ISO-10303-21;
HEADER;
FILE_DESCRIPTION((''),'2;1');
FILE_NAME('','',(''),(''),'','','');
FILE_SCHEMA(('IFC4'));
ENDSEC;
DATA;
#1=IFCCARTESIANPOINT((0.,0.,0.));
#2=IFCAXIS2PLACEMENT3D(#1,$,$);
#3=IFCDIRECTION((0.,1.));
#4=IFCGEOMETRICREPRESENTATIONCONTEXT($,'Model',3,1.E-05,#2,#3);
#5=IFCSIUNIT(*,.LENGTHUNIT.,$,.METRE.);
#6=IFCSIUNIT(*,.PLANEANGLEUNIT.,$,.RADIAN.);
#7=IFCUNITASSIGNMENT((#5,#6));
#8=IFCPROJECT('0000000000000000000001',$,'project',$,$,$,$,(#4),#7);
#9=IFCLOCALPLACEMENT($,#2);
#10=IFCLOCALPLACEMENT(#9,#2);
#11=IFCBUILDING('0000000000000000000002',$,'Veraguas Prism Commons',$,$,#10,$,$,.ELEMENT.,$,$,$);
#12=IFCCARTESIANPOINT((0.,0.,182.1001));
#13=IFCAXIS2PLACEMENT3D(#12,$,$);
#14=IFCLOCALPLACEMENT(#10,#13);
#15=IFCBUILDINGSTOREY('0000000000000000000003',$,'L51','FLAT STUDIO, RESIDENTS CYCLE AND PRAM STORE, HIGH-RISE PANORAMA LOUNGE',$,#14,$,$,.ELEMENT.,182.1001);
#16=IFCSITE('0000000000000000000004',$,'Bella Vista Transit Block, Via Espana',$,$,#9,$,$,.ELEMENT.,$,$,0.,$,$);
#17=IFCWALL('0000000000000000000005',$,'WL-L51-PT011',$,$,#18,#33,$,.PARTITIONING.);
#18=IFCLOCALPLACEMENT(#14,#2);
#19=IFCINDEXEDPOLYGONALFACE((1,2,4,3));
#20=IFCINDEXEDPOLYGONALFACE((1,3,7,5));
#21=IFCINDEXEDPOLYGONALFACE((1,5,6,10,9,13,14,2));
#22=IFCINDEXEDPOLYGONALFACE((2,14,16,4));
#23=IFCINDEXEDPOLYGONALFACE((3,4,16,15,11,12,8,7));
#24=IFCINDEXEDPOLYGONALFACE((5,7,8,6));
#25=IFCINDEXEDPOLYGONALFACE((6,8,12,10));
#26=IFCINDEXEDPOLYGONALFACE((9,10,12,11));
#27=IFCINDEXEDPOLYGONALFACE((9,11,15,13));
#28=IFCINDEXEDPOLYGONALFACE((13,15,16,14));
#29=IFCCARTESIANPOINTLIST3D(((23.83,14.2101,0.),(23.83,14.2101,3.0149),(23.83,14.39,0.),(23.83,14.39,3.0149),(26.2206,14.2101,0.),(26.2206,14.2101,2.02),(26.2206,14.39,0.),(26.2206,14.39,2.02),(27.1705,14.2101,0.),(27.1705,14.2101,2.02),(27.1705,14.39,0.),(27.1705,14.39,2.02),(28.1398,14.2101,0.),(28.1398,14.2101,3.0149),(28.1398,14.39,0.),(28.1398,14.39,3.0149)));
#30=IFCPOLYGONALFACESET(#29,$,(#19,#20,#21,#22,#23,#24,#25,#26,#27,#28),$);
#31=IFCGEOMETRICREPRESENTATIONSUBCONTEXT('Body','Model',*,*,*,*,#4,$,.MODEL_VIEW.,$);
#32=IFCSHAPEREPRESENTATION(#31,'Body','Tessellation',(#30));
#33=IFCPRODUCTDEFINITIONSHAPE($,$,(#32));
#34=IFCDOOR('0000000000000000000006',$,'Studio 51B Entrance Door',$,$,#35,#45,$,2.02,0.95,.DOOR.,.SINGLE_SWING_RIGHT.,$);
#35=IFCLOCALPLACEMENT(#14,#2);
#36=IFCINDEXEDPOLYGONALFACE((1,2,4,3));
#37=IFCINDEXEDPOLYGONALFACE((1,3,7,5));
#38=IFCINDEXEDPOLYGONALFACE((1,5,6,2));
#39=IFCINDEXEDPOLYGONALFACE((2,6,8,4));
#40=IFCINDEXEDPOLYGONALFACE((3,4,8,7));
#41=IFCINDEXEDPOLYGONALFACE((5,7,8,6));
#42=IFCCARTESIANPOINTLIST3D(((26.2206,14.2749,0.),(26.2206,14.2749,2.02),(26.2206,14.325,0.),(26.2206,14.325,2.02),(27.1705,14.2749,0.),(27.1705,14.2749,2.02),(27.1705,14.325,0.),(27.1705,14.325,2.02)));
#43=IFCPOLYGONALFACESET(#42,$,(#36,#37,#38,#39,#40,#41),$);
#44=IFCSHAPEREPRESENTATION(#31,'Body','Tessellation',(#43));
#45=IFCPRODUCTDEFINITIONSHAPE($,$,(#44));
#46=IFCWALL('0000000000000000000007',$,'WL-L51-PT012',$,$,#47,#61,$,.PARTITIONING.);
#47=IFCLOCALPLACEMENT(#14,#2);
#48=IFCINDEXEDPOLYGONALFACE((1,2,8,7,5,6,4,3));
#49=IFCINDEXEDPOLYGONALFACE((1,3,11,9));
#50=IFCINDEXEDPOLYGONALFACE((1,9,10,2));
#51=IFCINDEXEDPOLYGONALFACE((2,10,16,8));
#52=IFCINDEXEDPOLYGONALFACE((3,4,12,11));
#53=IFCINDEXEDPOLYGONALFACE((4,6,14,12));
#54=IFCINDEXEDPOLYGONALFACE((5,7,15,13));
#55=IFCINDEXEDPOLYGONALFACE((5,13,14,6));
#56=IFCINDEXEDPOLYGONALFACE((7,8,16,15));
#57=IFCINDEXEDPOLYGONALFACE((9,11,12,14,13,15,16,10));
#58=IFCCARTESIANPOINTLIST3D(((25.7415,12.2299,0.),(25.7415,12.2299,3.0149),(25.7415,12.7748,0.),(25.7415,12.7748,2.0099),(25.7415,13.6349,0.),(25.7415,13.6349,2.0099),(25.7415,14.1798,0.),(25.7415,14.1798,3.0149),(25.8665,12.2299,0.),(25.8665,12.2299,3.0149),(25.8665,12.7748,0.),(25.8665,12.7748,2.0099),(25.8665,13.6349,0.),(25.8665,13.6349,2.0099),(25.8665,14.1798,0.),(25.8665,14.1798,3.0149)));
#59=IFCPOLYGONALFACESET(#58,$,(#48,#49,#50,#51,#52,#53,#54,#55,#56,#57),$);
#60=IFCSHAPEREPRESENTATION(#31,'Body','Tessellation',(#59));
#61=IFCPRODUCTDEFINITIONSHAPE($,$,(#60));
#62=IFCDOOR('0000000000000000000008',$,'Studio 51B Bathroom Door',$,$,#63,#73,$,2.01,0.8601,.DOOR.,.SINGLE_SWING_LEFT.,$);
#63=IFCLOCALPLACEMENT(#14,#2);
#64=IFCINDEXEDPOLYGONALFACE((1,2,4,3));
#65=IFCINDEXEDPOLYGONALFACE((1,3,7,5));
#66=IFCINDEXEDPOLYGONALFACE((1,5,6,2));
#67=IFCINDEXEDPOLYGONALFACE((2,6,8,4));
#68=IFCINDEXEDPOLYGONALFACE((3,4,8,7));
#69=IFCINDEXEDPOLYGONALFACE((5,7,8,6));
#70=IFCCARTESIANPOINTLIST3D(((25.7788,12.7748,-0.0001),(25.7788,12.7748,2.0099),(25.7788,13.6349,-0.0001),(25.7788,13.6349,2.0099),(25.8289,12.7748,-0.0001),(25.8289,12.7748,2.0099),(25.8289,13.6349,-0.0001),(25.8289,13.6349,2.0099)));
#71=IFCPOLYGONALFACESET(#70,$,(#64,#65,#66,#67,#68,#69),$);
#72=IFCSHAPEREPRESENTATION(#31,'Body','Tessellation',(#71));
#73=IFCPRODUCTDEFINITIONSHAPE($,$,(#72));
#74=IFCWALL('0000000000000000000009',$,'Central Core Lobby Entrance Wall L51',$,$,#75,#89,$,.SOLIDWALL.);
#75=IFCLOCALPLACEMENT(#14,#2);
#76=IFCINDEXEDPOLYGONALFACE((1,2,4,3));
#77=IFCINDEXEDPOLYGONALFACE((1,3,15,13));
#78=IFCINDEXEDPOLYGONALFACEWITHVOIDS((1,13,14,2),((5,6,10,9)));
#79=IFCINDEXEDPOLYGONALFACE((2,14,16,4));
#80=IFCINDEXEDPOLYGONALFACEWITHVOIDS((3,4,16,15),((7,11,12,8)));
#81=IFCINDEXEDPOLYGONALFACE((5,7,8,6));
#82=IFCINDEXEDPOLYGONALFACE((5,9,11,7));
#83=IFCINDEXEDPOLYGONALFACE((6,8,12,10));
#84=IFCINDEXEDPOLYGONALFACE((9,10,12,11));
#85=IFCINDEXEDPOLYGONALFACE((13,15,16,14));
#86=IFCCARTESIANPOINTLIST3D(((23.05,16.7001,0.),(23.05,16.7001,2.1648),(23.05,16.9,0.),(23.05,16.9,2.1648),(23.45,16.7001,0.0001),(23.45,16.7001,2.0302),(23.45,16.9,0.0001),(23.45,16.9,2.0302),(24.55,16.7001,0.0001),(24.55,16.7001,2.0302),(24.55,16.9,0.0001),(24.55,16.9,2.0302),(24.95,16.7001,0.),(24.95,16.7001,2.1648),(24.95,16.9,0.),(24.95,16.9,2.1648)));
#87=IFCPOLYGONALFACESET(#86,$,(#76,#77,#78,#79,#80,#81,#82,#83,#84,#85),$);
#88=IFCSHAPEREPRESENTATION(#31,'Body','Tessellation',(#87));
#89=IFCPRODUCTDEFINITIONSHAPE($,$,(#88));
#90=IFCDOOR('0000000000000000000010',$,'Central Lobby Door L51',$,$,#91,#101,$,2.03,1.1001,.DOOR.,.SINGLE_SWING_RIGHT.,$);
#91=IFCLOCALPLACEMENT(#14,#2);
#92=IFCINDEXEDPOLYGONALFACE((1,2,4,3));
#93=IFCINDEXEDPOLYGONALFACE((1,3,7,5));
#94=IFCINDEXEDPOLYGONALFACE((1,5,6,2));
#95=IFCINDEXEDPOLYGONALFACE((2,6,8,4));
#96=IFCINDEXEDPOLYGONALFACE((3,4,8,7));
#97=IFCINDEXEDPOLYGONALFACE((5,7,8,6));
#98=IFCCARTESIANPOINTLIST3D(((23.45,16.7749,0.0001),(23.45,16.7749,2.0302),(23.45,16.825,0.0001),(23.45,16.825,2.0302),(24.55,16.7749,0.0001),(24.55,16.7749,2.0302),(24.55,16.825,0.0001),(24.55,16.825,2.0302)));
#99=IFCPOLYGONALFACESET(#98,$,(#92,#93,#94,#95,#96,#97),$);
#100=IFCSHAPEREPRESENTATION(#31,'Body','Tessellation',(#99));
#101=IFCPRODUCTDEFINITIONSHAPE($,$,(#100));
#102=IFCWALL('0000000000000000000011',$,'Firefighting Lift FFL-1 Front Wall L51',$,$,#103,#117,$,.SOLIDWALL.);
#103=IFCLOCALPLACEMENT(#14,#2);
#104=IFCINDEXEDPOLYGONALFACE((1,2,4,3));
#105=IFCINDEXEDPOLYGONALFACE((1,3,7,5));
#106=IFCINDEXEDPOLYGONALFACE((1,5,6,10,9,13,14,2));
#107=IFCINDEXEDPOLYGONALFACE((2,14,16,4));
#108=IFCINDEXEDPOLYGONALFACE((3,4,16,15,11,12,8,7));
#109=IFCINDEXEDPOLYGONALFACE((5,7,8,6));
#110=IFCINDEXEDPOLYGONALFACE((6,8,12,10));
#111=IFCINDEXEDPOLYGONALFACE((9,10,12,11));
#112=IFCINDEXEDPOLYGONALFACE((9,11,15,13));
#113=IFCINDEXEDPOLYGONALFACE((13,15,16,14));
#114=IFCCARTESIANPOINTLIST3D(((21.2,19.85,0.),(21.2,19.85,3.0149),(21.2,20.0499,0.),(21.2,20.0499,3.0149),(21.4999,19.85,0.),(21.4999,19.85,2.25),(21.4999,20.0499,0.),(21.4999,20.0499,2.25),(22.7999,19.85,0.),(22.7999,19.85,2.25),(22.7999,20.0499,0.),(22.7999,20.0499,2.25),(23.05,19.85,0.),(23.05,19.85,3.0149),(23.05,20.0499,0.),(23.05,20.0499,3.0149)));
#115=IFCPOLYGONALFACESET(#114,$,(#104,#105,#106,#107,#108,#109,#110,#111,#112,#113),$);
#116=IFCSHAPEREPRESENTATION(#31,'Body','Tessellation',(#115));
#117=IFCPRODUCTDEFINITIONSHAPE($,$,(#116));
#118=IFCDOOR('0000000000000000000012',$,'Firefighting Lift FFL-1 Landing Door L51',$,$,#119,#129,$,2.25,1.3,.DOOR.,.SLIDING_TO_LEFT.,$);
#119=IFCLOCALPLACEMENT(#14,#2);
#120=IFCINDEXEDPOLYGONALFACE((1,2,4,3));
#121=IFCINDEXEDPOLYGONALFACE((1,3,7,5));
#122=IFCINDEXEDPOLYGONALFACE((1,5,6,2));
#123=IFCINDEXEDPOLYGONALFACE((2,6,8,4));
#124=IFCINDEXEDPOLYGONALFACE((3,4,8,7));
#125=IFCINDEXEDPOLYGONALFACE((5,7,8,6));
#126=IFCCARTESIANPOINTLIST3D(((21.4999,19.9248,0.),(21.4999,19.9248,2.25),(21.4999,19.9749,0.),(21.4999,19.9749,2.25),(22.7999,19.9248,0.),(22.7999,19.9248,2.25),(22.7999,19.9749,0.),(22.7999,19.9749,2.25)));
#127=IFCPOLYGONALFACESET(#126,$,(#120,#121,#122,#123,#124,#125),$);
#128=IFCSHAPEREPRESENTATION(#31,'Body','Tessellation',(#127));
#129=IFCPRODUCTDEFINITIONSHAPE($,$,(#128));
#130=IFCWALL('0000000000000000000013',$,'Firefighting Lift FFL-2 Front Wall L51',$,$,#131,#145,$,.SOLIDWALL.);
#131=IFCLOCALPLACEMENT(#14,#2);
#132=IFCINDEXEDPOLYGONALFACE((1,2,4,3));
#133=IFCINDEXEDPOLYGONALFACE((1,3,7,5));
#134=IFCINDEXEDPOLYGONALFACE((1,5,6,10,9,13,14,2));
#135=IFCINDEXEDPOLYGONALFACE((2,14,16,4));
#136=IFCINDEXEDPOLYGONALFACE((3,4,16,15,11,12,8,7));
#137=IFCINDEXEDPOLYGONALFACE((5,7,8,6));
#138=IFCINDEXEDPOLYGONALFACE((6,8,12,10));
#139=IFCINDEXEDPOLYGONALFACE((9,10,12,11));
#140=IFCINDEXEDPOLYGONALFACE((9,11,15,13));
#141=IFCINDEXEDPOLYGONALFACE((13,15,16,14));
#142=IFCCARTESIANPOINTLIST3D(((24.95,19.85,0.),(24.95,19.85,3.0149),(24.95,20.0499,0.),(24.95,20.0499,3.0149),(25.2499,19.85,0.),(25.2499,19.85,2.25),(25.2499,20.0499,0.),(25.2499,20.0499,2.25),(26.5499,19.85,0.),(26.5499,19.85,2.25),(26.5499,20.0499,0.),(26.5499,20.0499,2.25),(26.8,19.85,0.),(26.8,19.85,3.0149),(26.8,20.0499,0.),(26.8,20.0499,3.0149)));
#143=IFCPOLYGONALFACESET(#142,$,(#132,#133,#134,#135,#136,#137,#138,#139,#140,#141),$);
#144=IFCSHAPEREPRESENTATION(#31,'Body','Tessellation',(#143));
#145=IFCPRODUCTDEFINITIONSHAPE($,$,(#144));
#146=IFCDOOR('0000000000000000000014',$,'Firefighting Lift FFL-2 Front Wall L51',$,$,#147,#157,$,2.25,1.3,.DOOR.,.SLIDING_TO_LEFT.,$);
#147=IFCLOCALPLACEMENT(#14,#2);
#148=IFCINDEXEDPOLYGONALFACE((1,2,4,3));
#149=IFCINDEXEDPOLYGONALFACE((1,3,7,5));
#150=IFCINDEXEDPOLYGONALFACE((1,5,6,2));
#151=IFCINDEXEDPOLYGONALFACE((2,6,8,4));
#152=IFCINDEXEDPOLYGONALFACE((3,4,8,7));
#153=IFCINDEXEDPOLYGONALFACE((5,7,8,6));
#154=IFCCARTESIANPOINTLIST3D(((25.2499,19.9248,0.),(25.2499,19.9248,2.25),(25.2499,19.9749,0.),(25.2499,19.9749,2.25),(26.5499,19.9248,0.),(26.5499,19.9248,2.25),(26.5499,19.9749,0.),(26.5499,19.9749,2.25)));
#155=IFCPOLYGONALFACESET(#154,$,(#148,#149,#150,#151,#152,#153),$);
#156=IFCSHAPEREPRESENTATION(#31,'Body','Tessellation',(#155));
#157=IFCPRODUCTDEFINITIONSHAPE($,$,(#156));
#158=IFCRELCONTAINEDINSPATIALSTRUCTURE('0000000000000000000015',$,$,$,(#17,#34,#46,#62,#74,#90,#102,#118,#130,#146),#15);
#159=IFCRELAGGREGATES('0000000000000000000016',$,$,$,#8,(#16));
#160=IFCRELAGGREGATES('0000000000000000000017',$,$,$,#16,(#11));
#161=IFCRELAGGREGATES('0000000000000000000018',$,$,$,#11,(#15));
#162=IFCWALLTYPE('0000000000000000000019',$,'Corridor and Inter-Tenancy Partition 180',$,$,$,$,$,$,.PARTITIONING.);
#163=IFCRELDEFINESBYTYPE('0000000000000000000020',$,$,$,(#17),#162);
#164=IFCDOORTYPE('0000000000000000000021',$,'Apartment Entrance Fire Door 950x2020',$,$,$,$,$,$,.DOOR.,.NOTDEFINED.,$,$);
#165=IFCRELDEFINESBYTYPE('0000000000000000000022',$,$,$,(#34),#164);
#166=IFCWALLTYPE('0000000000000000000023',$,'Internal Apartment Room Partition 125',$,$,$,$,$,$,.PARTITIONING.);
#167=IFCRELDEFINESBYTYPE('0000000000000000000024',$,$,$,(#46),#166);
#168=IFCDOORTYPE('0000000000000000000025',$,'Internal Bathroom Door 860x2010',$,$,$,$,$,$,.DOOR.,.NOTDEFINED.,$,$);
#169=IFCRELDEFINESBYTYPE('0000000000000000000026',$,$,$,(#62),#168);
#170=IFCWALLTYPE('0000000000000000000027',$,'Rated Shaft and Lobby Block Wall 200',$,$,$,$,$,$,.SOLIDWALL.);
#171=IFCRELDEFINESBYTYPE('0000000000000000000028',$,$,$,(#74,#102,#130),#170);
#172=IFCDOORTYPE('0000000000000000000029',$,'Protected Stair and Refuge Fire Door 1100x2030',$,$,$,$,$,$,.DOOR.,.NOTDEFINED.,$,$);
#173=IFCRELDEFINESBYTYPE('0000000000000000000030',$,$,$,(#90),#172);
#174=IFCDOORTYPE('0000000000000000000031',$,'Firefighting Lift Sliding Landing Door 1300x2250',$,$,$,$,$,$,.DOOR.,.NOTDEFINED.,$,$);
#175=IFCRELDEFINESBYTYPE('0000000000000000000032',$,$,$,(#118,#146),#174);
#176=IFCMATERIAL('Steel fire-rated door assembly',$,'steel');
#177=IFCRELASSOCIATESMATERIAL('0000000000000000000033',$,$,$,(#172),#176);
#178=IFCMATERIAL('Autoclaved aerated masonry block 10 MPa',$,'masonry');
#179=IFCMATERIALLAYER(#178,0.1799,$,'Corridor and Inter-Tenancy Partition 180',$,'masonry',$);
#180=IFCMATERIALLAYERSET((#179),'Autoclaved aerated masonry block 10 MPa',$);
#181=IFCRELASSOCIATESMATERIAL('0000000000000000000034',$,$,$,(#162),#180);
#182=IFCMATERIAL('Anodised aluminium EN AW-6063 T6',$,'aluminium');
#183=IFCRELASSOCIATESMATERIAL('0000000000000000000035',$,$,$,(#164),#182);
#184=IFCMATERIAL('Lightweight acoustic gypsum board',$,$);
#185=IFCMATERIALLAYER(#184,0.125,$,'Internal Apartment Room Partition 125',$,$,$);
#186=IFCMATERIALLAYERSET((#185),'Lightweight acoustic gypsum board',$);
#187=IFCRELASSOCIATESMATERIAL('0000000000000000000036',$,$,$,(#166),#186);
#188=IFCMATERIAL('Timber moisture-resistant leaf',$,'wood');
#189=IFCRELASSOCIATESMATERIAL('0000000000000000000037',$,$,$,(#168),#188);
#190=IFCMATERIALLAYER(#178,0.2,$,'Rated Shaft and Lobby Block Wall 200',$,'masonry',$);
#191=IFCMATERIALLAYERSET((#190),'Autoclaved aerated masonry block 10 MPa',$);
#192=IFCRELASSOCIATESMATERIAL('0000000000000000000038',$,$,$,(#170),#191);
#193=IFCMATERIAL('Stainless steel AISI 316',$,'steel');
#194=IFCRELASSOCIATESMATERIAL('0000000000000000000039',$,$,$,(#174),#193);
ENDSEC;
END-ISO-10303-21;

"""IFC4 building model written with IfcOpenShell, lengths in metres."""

from ifc_helpers import new_model, si_unit, direction, frame, frame_2d, origin, place, context, subcontext, project, spatial, rectangle, extrude, source, transform, mapped, material, layer, layer_set, type_object, element, fill, save


model = new_model("IFC4")

# Units and contexts
model_context = context("Model", 3, precision=1e-05, world=origin(), true_north=direction((0.0, 1.0)))
body_context = subcontext(model_context, "Body", "Model", "MODEL_VIEW")
ifc_project = project(units=[si_unit("LENGTHUNIT", "METRE"), si_unit("PLANEANGLEUNIT", "RADIAN")], contexts=[model_context])

# Site, building, storey
site_placement = place(None, origin())
site = spatial("IfcSite", under=ifc_project, at=site_placement, Name="Bella Vista Transit Block, Via Espana", CompositionType="ELEMENT", RefElevation=0.0)
building_placement = place(site_placement, origin())
building = spatial("IfcBuilding", under=site, at=building_placement, Name="Veraguas Prism Commons", CompositionType="ELEMENT")
storey_placement = place(building_placement, frame((0.0, 0.0, 182.1001)))
storey = spatial("IfcBuildingStorey", under=building, at=storey_placement, Name="L51", Description="FLAT STUDIO, RESIDENTS CYCLE AND PRAM STORE, HIGH-RISE PANORAMA LOUNGE", CompositionType="ELEMENT", Elevation=182.1001)

# Shared definitions
ifc_material_1 = material(Name="Steel fire-rated door assembly", Category="steel")
door_type_1 = type_object("IfcDoorType", Name="Protected Stair and Refuge Fire Door 1100x2030", OperationType="NOTDEFINED", PredefinedType="DOOR", material=ifc_material_1)
shared_shape_1 = source(origin(), body_context, "Body", "SweptSolid", [
    extrude(rectangle(XDim=1.1001, YDim=2.03, at=frame_2d((0.55, 1.0151))), frame((0.0, 0.0249, 0.0), z_axis=(0.0, -1.0, 0.0), x_axis=(1.0, 0.0, 0.0)), (0.0, 0.0, 1.0), 0.05),
])

# Shared definitions
ifc_material_2 = material(Name="Autoclaved aerated masonry block 10 MPa", Category="masonry")
ifc_layer_1 = layer(ifc_material_2, 0.1799, Name="Corridor and Inter-Tenancy Partition 180", Category="masonry")
ifc_layer_set_1 = layer_set([ifc_layer_1], Name="Autoclaved aerated masonry block 10 MPa")
wall_type_1 = type_object("IfcWallType", Name="Corridor and Inter-Tenancy Partition 180", PredefinedType="PARTITIONING", material=ifc_layer_set_1)

# Walls, openings, doors
wall_1_placement = place(storey_placement, frame((23.8301, 14.3, 0.0), z_axis=(0.0, 0.0, 1.0), x_axis=(1.0, 0.0, 0.0)))
wall_1 = element("IfcWall", 1, at=wall_1_placement, inside=storey, type_object=wall_type_1, Name="WL-L51-PT011", PredefinedType="PARTITIONING", context=body_context, shape_type="SweptSolid", body=[
    extrude(rectangle(XDim=4.3098, YDim=0.1799, at=frame_2d((2.1548, 0.0))), origin(), (0.0, 0.0, 1.0), 3.0149),
])
opening_1_placement = place(wall_1_placement, frame((2.3904, 0.0, 0.0)))
opening_1 = element("IfcOpeningElement", 2, at=opening_1_placement, cuts=wall_1, PredefinedType="OPENING", context=body_context, shape_type="SweptSolid", body=[
    extrude(rectangle(XDim=0.95, YDim=2.02, at=frame_2d((0.4751, 1.01))), frame((0.0, 0.0999, 0.0), z_axis=(0.0, -1.0, 0.0), x_axis=(1.0, 0.0, 0.0)), (0.0, 0.0, 1.0), 0.2),
])
ifc_material_3 = material(Name="Anodised aluminium EN AW-6063 T6", Category="aluminium")
door_type_2 = type_object("IfcDoorType", Name="Apartment Entrance Fire Door 950x2020", OperationType="NOTDEFINED", PredefinedType="DOOR", material=ifc_material_3)
shared_shape_2 = source(origin(), body_context, "Body", "SweptSolid", [
    extrude(rectangle(XDim=0.95, YDim=2.02, at=frame_2d((0.4751, 1.01))), frame((0.0, 0.0249, 0.0), z_axis=(0.0, -1.0, 0.0), x_axis=(1.0, 0.0, 0.0)), (0.0, 0.0, 1.0), 0.05),
])
door_1_placement = place(opening_1_placement, origin())
door_1 = element("IfcDoor", 3, at=door_1_placement, inside=storey, type_object=door_type_2, Name="Studio 51B Entrance Door", OperationType="SINGLE_SWING_RIGHT", OverallHeight=2.02, OverallWidth=0.95, PredefinedType="DOOR", context=body_context, shape_type="MappedRepresentation", body=[
    mapped(shared_shape_2, transform((0.0, 0.0, 0.0), scale=1.0)),
])
fill(opening_1, door_1)
ifc_material_4 = material(Name="Lightweight acoustic gypsum board")
ifc_layer_2 = layer(ifc_material_4, 0.125, Name="Internal Apartment Room Partition 125")
ifc_layer_set_2 = layer_set([ifc_layer_2], Name="Lightweight acoustic gypsum board")
wall_type_2 = type_object("IfcWallType", Name="Internal Apartment Room Partition 125", PredefinedType="PARTITIONING", material=ifc_layer_set_2)
wall_2_placement = place(storey_placement, frame((25.804, 14.1799, 0.0), z_axis=(0.0, 0.0, 1.0), x_axis=(0.0, -1.0, 0.0)))
wall_2 = element("IfcWall", 4, at=wall_2_placement, inside=storey, type_object=wall_type_2, Name="WL-L51-PT012", PredefinedType="PARTITIONING", context=body_context, shape_type="SweptSolid", body=[
    extrude(rectangle(XDim=1.95, YDim=0.125, at=frame_2d((0.9751, 0.0))), origin(), (0.0, 0.0, 1.0), 3.0149),
])
opening_2_placement = place(wall_2_placement, frame((0.5449, 0.0, 0.0)))
opening_2 = element("IfcOpeningElement", 5, at=opening_2_placement, cuts=wall_2, PredefinedType="OPENING", context=body_context, shape_type="SweptSolid", body=[
    extrude(rectangle(XDim=0.8601, YDim=2.01, at=frame_2d((0.4302, 1.0049))), frame((0.0, 0.0725, 0.0), z_axis=(0.0, -1.0, 0.0), x_axis=(1.0, 0.0, 0.0)), (0.0, 0.0, 1.0), 0.145),
])
ifc_material_5 = material(Name="Timber moisture-resistant leaf", Category="wood")
door_type_3 = type_object("IfcDoorType", Name="Internal Bathroom Door 860x2010", OperationType="NOTDEFINED", PredefinedType="DOOR", material=ifc_material_5)
shared_shape_3 = source(origin(), body_context, "Body", "SweptSolid", [
    extrude(rectangle(XDim=0.8601, YDim=2.01, at=frame_2d((0.4302, 1.0049))), frame((0.0, 0.0249, 0.0), z_axis=(0.0, -1.0, 0.0), x_axis=(1.0, 0.0, 0.0)), (0.0, 0.0, 1.0), 0.05),
])
door_2_placement = place(opening_2_placement, origin())
door_2 = element("IfcDoor", 6, at=door_2_placement, inside=storey, type_object=door_type_3, Name="Studio 51B Bathroom Door", OperationType="SINGLE_SWING_LEFT", OverallHeight=2.01, OverallWidth=0.8601, PredefinedType="DOOR", context=body_context, shape_type="MappedRepresentation", body=[
    mapped(shared_shape_3, transform((0.0, 0.0, 0.0), scale=1.0)),
])
fill(opening_2, door_2)
ifc_layer_3 = layer(ifc_material_2, 0.2, Name="Rated Shaft and Lobby Block Wall 200", Category="masonry")
ifc_layer_set_3 = layer_set([ifc_layer_3], Name="Autoclaved aerated masonry block 10 MPa")
wall_type_3 = type_object("IfcWallType", Name="Rated Shaft and Lobby Block Wall 200", PredefinedType="SOLIDWALL", material=ifc_layer_set_3)
wall_3_placement = place(storey_placement, frame((23.05, 16.8, 0.0), z_axis=(0.0, 0.0, 1.0), x_axis=(1.0, 0.0, 0.0)))
wall_3 = element("IfcWall", 7, at=wall_3_placement, inside=storey, type_object=wall_type_3, Name="Central Core Lobby Entrance Wall L51", PredefinedType="SOLIDWALL", context=body_context, shape_type="SweptSolid", body=[
    extrude(rectangle(XDim=1.8999, YDim=0.2, at=frame_2d((0.95, 0.0))), origin(), (0.0, 0.0, 1.0), 2.1648),
])
opening_3_placement = place(wall_3_placement, frame((0.3999, 0.0, 0.0)))
opening_3 = element("IfcOpeningElement", 8, at=opening_3_placement, cuts=wall_3, PredefinedType="OPENING", context=body_context, shape_type="SweptSolid", body=[
    extrude(rectangle(XDim=1.1001, YDim=2.03, at=frame_2d((0.55, 1.0151))), frame((0.0, 0.1099, 0.0), z_axis=(0.0, -1.0, 0.0), x_axis=(1.0, 0.0, 0.0)), (0.0, 0.0, 1.0), 0.22),
])
door_3_placement = place(opening_3_placement, origin())
door_3 = element("IfcDoor", 9, at=door_3_placement, inside=storey, type_object=door_type_1, Name="Central Lobby Door L51", OperationType="SINGLE_SWING_RIGHT", OverallHeight=2.03, OverallWidth=1.1001, PredefinedType="DOOR", context=body_context, shape_type="MappedRepresentation", body=[
    mapped(shared_shape_1, transform((0.0, 0.0, 0.0), scale=1.0)),
])
fill(opening_3, door_3)
wall_4_placement = place(storey_placement, frame((21.2, 19.95, 0.0), z_axis=(0.0, 0.0, 1.0), x_axis=(1.0, 0.0, 0.0)))
wall_4 = element("IfcWall", 10, at=wall_4_placement, inside=storey, type_object=wall_type_3, Name="Firefighting Lift FFL-1 Front Wall L51", PredefinedType="SOLIDWALL", context=body_context, shape_type="SweptSolid", body=[
    extrude(rectangle(XDim=1.8501, YDim=0.2, at=frame_2d((0.925, 0.0))), origin(), (0.0, 0.0, 1.0), 3.0149),
])
opening_4_placement = place(wall_4_placement, frame((0.3, 0.0, 0.0)))
opening_4 = element("IfcOpeningElement", 11, at=opening_4_placement, cuts=wall_4, PredefinedType="OPENING", context=body_context, shape_type="SweptSolid", body=[
    extrude(rectangle(XDim=1.3, YDim=2.25, at=frame_2d((0.6499, 1.125))), frame((0.0, 0.1099, 0.0), z_axis=(0.0, -1.0, 0.0), x_axis=(1.0, 0.0, 0.0)), (0.0, 0.0, 1.0), 0.22),
])
ifc_material_6 = material(Name="Stainless steel AISI 316", Category="steel")
door_type_4 = type_object("IfcDoorType", Name="Firefighting Lift Sliding Landing Door 1300x2250", OperationType="NOTDEFINED", PredefinedType="DOOR", material=ifc_material_6)
shared_shape_4 = source(origin(), body_context, "Body", "SweptSolid", [
    extrude(rectangle(XDim=1.3, YDim=2.25, at=frame_2d((0.6499, 1.125))), frame((0.0, 0.0249, 0.0), z_axis=(0.0, -1.0, 0.0), x_axis=(1.0, 0.0, 0.0)), (0.0, 0.0, 1.0), 0.05),
])
door_4_placement = place(opening_4_placement, origin())
door_4 = element("IfcDoor", 12, at=door_4_placement, inside=storey, type_object=door_type_4, Name="Firefighting Lift FFL-1 Landing Door L51", OperationType="SLIDING_TO_LEFT", OverallHeight=2.25, OverallWidth=1.3, PredefinedType="DOOR", context=body_context, shape_type="MappedRepresentation", body=[
    mapped(shared_shape_4, transform((0.0, 0.0, 0.0), scale=1.0)),
])
fill(opening_4, door_4)
wall_5_placement = place(storey_placement, frame((24.95, 19.95, 0.0), z_axis=(0.0, 0.0, 1.0), x_axis=(1.0, 0.0, 0.0)))
wall_5 = element("IfcWall", 13, at=wall_5_placement, inside=storey, type_object=wall_type_3, Name="Firefighting Lift FFL-2 Front Wall L51", PredefinedType="SOLIDWALL", context=body_context, shape_type="SweptSolid", body=[
    extrude(rectangle(XDim=1.8501, YDim=0.2, at=frame_2d((0.925, 0.0))), origin(), (0.0, 0.0, 1.0), 3.0149),
])
opening_5_placement = place(wall_5_placement, frame((0.3, 0.0, 0.0)))
opening_5 = element("IfcOpeningElement", 14, at=opening_5_placement, cuts=wall_5, PredefinedType="OPENING", context=body_context, shape_type="SweptSolid", body=[
    extrude(rectangle(XDim=1.3, YDim=2.25, at=frame_2d((0.6499, 1.125))), frame((0.0, 0.1099, 0.0), z_axis=(0.0, -1.0, 0.0), x_axis=(1.0, 0.0, 0.0)), (0.0, 0.0, 1.0), 0.22),
])
door_5_placement = place(opening_5_placement, origin())
door_5 = element("IfcDoor", 15, at=door_5_placement, inside=storey, type_object=door_type_4, Name="Firefighting Lift FFL-2 Front Wall L51", OperationType="SLIDING_TO_LEFT", OverallHeight=2.25, OverallWidth=1.3, PredefinedType="DOOR", context=body_context, shape_type="MappedRepresentation", body=[
    mapped(shared_shape_4, transform((0.0, 0.0, 0.0), scale=1.0)),
])
fill(opening_5, door_5)

save(model, "model.ifc")
